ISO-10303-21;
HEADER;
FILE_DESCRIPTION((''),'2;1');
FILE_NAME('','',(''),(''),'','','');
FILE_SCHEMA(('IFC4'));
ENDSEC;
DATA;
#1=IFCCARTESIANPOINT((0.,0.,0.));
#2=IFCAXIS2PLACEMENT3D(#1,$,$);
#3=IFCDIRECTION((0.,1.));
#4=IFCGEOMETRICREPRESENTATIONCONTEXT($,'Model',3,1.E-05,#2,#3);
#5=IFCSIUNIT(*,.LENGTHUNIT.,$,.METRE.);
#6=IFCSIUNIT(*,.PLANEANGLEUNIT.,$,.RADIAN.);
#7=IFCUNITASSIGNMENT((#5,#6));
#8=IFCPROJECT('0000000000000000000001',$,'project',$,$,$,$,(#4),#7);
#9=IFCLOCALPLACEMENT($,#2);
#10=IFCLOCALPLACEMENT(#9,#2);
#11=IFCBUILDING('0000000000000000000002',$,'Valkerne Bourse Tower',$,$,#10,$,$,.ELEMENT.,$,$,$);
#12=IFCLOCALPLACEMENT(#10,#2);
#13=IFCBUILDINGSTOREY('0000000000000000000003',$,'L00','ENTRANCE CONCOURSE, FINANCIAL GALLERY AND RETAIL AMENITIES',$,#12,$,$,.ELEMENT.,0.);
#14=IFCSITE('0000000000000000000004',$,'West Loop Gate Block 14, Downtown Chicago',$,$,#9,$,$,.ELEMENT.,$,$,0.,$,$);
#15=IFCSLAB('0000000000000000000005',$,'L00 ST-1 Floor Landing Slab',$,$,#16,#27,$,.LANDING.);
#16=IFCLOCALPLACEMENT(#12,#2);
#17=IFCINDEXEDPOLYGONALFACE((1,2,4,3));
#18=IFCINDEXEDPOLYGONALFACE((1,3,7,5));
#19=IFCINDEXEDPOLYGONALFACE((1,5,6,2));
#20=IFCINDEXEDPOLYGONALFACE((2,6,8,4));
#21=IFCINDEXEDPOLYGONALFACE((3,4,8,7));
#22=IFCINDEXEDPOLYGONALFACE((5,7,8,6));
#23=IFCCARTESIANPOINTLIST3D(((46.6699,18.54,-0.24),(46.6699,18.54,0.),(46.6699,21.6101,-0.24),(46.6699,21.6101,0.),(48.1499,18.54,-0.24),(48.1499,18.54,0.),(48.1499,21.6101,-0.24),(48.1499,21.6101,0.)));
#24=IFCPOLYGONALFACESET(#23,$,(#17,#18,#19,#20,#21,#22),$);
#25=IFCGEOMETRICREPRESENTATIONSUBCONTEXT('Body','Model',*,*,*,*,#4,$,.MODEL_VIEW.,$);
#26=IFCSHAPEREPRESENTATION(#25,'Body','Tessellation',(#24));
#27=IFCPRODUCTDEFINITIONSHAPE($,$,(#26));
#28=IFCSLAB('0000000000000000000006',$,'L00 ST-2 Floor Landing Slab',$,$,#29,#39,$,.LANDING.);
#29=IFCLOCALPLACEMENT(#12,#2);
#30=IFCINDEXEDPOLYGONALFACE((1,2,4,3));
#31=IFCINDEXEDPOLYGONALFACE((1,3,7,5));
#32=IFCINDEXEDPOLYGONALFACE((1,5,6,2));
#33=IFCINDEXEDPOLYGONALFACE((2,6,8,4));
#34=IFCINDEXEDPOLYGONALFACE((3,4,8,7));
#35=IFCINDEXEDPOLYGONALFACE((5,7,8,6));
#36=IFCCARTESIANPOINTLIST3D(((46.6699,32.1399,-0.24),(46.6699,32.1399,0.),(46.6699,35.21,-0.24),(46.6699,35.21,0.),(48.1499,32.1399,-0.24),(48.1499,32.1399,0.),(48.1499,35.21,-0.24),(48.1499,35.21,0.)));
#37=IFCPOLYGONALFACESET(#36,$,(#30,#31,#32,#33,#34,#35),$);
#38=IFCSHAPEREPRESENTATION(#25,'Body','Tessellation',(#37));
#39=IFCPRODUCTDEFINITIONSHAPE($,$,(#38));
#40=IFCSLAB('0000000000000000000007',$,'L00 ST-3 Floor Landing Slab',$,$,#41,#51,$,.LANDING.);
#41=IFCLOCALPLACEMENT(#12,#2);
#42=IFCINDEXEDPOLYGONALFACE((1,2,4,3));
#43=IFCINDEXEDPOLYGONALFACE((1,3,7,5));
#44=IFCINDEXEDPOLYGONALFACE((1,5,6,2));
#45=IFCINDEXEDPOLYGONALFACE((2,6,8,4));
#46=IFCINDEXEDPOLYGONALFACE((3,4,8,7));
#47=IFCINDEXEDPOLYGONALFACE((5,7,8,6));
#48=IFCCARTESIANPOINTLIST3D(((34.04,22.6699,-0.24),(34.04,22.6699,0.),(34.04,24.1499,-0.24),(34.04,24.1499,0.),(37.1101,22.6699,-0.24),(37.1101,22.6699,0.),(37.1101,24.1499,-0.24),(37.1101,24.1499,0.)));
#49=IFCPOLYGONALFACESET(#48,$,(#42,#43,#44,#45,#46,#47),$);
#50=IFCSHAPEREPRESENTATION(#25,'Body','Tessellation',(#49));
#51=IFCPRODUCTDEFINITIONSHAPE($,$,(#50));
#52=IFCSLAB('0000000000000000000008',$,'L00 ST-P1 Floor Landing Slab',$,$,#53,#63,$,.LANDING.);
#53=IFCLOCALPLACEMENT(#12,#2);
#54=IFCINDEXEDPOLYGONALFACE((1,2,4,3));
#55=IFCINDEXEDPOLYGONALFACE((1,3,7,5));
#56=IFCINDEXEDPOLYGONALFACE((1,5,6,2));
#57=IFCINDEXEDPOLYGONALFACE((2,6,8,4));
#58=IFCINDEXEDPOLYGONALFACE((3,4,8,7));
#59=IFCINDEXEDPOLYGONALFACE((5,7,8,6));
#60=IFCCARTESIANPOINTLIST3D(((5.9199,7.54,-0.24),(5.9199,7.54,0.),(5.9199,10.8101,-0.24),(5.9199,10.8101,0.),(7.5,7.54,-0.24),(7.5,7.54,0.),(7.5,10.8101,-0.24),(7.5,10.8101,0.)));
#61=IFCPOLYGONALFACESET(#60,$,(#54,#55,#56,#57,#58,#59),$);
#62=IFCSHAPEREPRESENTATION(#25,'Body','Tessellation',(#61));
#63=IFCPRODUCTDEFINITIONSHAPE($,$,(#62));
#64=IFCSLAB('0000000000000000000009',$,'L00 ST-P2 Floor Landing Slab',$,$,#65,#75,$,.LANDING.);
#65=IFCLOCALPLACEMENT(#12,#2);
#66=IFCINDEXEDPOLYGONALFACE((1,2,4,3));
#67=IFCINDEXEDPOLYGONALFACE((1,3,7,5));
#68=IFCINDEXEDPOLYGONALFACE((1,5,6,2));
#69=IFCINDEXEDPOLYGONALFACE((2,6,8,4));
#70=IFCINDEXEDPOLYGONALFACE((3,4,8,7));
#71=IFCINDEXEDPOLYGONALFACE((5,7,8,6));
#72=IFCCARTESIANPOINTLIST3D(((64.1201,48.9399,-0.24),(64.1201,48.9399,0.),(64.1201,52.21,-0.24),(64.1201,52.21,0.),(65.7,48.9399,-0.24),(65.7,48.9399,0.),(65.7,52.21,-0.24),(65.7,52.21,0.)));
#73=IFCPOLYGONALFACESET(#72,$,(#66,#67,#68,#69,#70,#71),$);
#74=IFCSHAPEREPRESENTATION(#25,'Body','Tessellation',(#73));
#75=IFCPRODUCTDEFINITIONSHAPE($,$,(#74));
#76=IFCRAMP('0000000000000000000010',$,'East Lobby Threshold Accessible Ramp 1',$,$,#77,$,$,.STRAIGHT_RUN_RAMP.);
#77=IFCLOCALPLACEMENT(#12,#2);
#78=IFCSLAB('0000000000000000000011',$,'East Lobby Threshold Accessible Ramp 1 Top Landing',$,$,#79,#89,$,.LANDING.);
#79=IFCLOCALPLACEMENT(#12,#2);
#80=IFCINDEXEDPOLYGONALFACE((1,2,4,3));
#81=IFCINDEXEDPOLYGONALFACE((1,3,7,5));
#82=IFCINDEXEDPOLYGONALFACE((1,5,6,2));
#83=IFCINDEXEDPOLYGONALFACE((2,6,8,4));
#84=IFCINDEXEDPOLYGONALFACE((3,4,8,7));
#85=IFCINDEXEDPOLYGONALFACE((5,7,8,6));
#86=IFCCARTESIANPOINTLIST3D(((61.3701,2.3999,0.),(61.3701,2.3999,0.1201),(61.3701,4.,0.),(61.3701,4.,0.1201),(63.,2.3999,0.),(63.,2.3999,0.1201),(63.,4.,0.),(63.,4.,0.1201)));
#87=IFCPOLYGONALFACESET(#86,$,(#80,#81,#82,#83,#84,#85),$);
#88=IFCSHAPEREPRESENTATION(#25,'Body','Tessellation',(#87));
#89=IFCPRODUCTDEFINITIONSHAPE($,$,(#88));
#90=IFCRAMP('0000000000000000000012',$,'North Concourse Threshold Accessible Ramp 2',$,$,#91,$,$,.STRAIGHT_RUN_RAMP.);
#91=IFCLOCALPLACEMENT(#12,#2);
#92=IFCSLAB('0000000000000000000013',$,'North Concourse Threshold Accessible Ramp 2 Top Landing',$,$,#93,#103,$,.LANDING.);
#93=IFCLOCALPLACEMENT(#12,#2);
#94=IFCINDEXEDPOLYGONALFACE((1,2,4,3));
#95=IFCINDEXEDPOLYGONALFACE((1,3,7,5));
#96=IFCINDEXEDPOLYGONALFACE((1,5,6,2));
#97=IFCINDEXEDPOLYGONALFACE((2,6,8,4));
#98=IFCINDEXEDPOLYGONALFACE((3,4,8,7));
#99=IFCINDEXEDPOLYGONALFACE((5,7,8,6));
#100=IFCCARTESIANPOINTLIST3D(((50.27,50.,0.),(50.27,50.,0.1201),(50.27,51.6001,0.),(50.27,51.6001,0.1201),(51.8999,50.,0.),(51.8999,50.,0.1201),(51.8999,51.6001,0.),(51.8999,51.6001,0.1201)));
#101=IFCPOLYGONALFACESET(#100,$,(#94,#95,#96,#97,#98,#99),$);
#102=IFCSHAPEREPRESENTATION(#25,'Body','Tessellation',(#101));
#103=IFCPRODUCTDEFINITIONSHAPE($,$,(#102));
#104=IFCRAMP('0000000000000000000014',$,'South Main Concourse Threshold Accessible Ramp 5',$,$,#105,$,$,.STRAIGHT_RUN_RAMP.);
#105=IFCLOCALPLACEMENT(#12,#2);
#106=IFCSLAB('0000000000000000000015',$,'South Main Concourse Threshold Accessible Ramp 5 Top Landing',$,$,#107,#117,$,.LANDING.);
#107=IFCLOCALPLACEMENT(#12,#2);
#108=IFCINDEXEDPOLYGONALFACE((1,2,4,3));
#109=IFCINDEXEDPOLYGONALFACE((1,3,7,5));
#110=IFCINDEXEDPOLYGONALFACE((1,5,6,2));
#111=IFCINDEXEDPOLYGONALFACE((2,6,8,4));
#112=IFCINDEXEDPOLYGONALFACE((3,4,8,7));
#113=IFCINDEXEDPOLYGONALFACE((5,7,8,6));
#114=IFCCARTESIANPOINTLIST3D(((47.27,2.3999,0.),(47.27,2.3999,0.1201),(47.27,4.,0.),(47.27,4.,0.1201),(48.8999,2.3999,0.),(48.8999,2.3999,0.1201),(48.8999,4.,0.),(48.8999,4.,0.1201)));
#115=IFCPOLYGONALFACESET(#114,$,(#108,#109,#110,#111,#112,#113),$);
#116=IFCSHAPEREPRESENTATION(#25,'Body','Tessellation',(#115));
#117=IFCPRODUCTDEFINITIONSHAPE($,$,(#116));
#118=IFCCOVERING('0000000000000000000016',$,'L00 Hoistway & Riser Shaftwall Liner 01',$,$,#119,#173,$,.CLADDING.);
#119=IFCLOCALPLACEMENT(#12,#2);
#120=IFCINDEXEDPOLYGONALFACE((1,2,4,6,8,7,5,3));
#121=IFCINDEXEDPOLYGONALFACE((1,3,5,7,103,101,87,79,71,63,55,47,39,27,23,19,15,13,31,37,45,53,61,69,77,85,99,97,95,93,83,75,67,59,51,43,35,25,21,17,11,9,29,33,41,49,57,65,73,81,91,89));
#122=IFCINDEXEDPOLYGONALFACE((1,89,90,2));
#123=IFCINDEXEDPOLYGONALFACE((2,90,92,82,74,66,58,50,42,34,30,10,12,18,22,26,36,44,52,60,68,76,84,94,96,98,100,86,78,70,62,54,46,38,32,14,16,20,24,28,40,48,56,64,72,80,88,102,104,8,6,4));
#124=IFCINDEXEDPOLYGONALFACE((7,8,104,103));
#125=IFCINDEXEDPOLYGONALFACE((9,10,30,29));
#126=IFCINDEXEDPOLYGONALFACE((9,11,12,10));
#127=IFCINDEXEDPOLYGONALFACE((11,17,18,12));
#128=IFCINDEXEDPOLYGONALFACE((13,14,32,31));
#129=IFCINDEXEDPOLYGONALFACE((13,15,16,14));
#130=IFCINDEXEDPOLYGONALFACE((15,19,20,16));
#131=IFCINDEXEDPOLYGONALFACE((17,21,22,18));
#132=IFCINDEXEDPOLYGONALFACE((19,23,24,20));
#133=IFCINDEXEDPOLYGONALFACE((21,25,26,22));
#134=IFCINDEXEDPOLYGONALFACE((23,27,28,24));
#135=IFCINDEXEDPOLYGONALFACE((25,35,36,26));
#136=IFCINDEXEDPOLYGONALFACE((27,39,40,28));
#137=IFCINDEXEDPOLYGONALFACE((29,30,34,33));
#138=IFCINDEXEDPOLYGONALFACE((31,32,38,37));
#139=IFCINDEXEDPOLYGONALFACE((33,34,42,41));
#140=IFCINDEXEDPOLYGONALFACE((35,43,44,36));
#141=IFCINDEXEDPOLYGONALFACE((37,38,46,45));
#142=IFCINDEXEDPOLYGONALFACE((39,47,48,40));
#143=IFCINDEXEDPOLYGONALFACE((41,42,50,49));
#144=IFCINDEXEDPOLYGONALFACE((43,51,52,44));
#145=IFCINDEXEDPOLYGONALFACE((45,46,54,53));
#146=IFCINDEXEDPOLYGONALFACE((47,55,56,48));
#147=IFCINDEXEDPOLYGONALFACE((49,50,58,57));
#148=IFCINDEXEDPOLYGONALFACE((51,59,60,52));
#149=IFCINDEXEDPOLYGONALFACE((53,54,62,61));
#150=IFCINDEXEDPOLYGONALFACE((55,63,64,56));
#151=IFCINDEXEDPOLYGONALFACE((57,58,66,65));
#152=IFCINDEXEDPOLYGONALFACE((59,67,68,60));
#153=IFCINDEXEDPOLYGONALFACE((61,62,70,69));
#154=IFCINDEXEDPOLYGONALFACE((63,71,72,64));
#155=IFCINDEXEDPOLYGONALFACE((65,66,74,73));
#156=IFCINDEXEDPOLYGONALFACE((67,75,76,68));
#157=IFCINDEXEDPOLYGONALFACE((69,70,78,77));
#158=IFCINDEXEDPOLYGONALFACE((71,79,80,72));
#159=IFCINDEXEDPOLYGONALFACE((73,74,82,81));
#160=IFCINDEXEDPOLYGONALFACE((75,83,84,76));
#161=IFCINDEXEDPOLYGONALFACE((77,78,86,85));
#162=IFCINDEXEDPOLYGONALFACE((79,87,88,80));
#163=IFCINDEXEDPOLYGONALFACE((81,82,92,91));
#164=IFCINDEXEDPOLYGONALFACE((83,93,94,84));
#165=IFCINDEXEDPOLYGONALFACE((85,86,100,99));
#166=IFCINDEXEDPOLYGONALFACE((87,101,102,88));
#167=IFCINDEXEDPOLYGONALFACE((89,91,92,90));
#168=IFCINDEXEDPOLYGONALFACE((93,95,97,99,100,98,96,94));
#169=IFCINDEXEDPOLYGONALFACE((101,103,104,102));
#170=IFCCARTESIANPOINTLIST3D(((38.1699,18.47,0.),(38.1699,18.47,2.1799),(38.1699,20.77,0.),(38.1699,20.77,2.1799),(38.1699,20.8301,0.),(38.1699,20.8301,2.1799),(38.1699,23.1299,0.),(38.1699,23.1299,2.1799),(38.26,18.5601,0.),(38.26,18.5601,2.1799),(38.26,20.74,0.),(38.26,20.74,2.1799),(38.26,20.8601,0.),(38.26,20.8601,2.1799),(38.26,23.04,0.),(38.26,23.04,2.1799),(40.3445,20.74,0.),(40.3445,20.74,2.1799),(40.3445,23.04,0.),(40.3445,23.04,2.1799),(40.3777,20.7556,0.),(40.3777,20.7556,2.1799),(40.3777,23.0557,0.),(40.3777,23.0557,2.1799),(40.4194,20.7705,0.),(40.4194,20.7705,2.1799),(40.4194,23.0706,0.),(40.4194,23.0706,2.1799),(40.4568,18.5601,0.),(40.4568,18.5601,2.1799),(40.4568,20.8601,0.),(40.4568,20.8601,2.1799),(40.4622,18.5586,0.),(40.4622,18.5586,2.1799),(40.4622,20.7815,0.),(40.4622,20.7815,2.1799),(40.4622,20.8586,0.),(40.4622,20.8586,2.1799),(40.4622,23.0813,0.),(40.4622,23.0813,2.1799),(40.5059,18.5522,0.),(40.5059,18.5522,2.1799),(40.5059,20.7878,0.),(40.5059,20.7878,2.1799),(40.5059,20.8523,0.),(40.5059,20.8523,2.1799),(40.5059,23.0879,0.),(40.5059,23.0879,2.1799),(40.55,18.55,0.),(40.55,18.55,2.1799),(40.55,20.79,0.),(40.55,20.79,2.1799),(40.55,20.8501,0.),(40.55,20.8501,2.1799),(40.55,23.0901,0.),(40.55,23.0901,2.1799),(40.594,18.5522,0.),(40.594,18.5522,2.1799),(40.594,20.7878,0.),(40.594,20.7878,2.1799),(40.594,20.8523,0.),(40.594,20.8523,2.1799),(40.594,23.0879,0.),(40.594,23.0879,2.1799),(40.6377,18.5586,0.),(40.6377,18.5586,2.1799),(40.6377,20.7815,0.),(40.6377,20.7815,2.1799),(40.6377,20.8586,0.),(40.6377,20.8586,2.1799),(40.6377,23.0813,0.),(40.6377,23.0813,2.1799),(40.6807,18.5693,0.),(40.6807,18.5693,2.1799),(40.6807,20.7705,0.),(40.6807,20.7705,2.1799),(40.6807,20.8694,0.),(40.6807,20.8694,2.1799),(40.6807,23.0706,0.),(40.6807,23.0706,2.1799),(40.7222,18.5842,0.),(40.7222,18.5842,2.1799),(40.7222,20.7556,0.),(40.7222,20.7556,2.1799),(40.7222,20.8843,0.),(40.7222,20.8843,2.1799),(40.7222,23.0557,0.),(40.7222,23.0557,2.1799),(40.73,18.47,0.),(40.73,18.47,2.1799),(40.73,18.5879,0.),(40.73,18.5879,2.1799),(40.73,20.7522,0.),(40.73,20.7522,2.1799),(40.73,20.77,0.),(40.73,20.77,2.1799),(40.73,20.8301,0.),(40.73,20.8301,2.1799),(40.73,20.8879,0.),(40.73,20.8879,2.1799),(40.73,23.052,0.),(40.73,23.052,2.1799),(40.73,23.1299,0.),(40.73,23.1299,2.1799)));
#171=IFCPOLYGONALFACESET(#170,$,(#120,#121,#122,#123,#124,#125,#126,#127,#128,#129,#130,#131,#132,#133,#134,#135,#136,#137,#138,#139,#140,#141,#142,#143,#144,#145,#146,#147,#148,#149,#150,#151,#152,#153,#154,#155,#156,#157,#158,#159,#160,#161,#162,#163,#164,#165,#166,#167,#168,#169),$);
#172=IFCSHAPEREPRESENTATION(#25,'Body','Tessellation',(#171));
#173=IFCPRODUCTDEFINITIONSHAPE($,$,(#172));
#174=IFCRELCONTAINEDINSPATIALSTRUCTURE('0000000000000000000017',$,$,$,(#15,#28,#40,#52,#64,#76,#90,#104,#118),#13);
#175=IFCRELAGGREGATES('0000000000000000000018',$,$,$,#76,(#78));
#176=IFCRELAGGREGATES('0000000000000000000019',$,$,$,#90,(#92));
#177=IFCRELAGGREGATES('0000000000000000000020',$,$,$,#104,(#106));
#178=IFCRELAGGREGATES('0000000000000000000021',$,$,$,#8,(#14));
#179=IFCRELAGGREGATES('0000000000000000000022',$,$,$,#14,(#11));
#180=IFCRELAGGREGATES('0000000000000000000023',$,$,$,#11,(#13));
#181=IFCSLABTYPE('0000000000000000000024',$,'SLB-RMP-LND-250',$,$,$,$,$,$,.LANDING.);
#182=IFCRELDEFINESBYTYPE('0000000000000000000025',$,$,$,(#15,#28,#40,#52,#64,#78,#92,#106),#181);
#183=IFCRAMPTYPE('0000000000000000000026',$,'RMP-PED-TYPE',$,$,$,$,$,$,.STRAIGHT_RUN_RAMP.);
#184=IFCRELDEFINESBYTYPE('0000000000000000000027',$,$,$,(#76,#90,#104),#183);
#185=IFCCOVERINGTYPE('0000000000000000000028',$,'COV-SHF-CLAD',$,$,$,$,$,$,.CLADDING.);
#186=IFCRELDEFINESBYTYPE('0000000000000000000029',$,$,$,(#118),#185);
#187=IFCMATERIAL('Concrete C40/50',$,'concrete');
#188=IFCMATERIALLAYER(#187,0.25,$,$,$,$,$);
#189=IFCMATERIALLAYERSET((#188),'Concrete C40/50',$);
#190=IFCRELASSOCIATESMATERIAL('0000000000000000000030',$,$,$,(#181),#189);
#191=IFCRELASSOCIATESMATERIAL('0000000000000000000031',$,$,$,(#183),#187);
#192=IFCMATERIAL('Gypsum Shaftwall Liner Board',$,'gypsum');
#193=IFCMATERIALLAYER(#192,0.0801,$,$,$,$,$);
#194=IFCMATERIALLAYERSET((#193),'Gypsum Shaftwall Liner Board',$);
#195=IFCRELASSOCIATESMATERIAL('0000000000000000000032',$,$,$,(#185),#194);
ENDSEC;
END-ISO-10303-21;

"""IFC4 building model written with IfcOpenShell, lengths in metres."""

from ifc_helpers import new_model, si_unit, direction, frame, origin, place, context, subcontext, project, spatial, polyline, outline, extrude, material, layer, layer_set, type_object, element, aggregate, save


model = new_model("IFC4")

# Units and contexts
model_context = context("Model", 3, precision=1e-05, world=origin(), true_north=direction((0.0, 1.0)))
body_context = subcontext(model_context, "Body", "Model", "MODEL_VIEW")
ifc_project = project(units=[si_unit("LENGTHUNIT", "METRE"), si_unit("PLANEANGLEUNIT", "RADIAN")], contexts=[model_context])

# Site, building, storey
site_placement = place(None, origin())
site = spatial("IfcSite", under=ifc_project, at=site_placement, Name="West Loop Gate Block 14, Downtown Chicago", CompositionType="ELEMENT", RefElevation=0.0)
building_placement = place(site_placement, origin())
building = spatial("IfcBuilding", under=site, at=building_placement, Name="Valkerne Bourse Tower", CompositionType="ELEMENT")
storey_placement = place(building_placement, origin())
storey = spatial("IfcBuildingStorey", under=building, at=storey_placement, Name="L00", Description="ENTRANCE CONCOURSE, FINANCIAL GALLERY AND RETAIL AMENITIES", CompositionType="ELEMENT", Elevation=0.0)

# Slabs
ifc_material_1 = material(Name="Concrete C40/50", Category="concrete")
ifc_layer_1 = layer(ifc_material_1, 0.25)
ifc_layer_set_1 = layer_set([ifc_layer_1], Name="Concrete C40/50")
slab_type_1 = type_object("IfcSlabType", Name="SLB-RMP-LND-250", PredefinedType="LANDING", material=ifc_layer_set_1)
slab_1_placement = place(storey_placement, frame((0.0, 0.0, -0.24)))
element("IfcSlab", 1, at=slab_1_placement, inside=storey, type_object=slab_type_1, Name="L00 ST-1 Floor Landing Slab", PredefinedType="LANDING", context=body_context, shape_type="SweptSolid", body=[
    extrude(outline(polyline([(46.6699, 18.54), (48.1499, 18.54), (48.1499, 21.6101), (46.6699, 21.6101), (46.6699, 18.54)])), origin(), (0.0, 0.0, 1.0), 0.24),
])
slab_2_placement = place(storey_placement, frame((0.0, 0.0, -0.24)))
element("IfcSlab", 2, at=slab_2_placement, inside=storey, type_object=slab_type_1, Name="L00 ST-2 Floor Landing Slab", PredefinedType="LANDING", context=body_context, shape_type="SweptSolid", body=[
    extrude(outline(polyline([(46.6699, 32.1399), (48.1499, 32.1399), (48.1499, 35.21), (46.6699, 35.21), (46.6699, 32.1399)])), origin(), (0.0, 0.0, 1.0), 0.24),
])
slab_3_placement = place(storey_placement, frame((0.0, 0.0, -0.24)))
element("IfcSlab", 3, at=slab_3_placement, inside=storey, type_object=slab_type_1, Name="L00 ST-3 Floor Landing Slab", PredefinedType="LANDING", context=body_context, shape_type="SweptSolid", body=[
    extrude(outline(polyline([(37.1101, 22.6699), (37.1101, 24.1499), (34.04, 24.1499), (34.04, 22.6699), (37.1101, 22.6699)])), origin(), (0.0, 0.0, 1.0), 0.24),
])
slab_4_placement = place(storey_placement, frame((0.0, 0.0, -0.24)))
element("IfcSlab", 4, at=slab_4_placement, inside=storey, type_object=slab_type_1, Name="L00 ST-P1 Floor Landing Slab", PredefinedType="LANDING", context=body_context, shape_type="SweptSolid", body=[
    extrude(outline(polyline([(5.9199, 7.54), (7.5, 7.54), (7.5, 10.8101), (5.9199, 10.8101), (5.9199, 7.54)])), origin(), (0.0, 0.0, 1.0), 0.24),
])
slab_5_placement = place(storey_placement, frame((0.0, 0.0, -0.24)))
element("IfcSlab", 5, at=slab_5_placement, inside=storey, type_object=slab_type_1, Name="L00 ST-P2 Floor Landing Slab", PredefinedType="LANDING", context=body_context, shape_type="SweptSolid", body=[
    extrude(outline(polyline([(64.1201, 48.9399), (65.7, 48.9399), (65.7, 52.21), (64.1201, 52.21), (64.1201, 48.9399)])), origin(), (0.0, 0.0, 1.0), 0.24),
])

# Ramps, slabs
ramp_type = type_object("IfcRampType", Name="RMP-PED-TYPE", PredefinedType="STRAIGHT_RUN_RAMP", material=ifc_material_1)
ramp_1_placement = place(storey_placement, origin())
ramp_1 = element("IfcRamp", 6, at=ramp_1_placement, inside=storey, type_object=ramp_type, Name="East Lobby Threshold Accessible Ramp 1", PredefinedType="STRAIGHT_RUN_RAMP")
slab_6_placement = place(storey_placement, origin())
slab_6 = element("IfcSlab", 7, at=slab_6_placement, type_object=slab_type_1, Name="East Lobby Threshold Accessible Ramp 1 Top Landing", PredefinedType="LANDING", context=body_context, shape_type="SweptSolid", body=[
    extrude(outline(polyline([(61.3701, 2.3999), (63.0, 2.3999), (63.0, 4.0), (61.3701, 4.0), (61.3701, 2.3999)])), origin(), (0.0, 0.0, 1.0), 0.1201),
])
aggregate(ramp_1, [slab_6])
ramp_2_placement = place(storey_placement, origin())
ramp_2 = element("IfcRamp", 8, at=ramp_2_placement, inside=storey, type_object=ramp_type, Name="North Concourse Threshold Accessible Ramp 2", PredefinedType="STRAIGHT_RUN_RAMP")
slab_7_placement = place(storey_placement, origin())
slab_7 = element("IfcSlab", 9, at=slab_7_placement, type_object=slab_type_1, Name="North Concourse Threshold Accessible Ramp 2 Top Landing", PredefinedType="LANDING", context=body_context, shape_type="SweptSolid", body=[
    extrude(outline(polyline([(50.27, 50.0), (51.8999, 50.0), (51.8999, 51.6001), (50.27, 51.6001), (50.27, 50.0)])), origin(), (0.0, 0.0, 1.0), 0.1201),
])
aggregate(ramp_2, [slab_7])
ramp_3_placement = place(storey_placement, origin())
ramp_3 = element("IfcRamp", 10, at=ramp_3_placement, inside=storey, type_object=ramp_type, Name="South Main Concourse Threshold Accessible Ramp 5", PredefinedType="STRAIGHT_RUN_RAMP")
slab_8_placement = place(storey_placement, origin())
slab_8 = element("IfcSlab", 11, at=slab_8_placement, type_object=slab_type_1, Name="South Main Concourse Threshold Accessible Ramp 5 Top Landing", PredefinedType="LANDING", context=body_context, shape_type="SweptSolid", body=[
    extrude(outline(polyline([(47.27, 2.3999), (48.8999, 2.3999), (48.8999, 4.0), (47.27, 4.0), (47.27, 2.3999)])), origin(), (0.0, 0.0, 1.0), 0.1201),
])
aggregate(ramp_3, [slab_8])

# Covering
ifc_material_2 = material(Name="Gypsum Shaftwall Liner Board", Category="gypsum")
ifc_layer_2 = layer(ifc_material_2, 0.0801)
ifc_layer_set_2 = layer_set([ifc_layer_2], Name="Gypsum Shaftwall Liner Board")
covering_type = type_object("IfcCoveringType", Name="COV-SHF-CLAD", PredefinedType="CLADDING", material=ifc_layer_set_2)
covering_1_placement = place(storey_placement, origin())
element("IfcCovering", 12, at=covering_1_placement, inside=storey, type_object=covering_type, Name="L00 Hoistway & Riser Shaftwall Liner 01", PredefinedType="CLADDING", context=body_context, shape_type="SweptSolid", body=[
    extrude(outline(polyline([(38.1699, 23.1299), (40.73, 23.1299), (40.73, 23.052), (40.7222, 23.0557), (40.6807, 23.0706), (40.6377, 23.0813), (40.594, 23.0879), (40.55, 23.0901), (40.5059, 23.0879), (40.4622, 23.0813), (40.4194, 23.0706), (40.3777, 23.0557), (40.3445, 23.04), (38.26, 23.04), (38.26, 20.8601), (40.4568, 20.8601), (40.4622, 20.8586), (40.5059, 20.8523), (40.55, 20.8501), (40.594, 20.8523), (40.6377, 20.8586), (40.6807, 20.8694), (40.7222, 20.8843), (40.73, 20.8879), (40.73, 20.8301), (40.73, 20.77), (40.73, 20.7522), (40.7222, 20.7556), (40.6807, 20.7705), (40.6377, 20.7815), (40.594, 20.7878), (40.55, 20.79), (40.5059, 20.7878), (40.4622, 20.7815), (40.4194, 20.7705), (40.3777, 20.7556), (40.3445, 20.74), (38.26, 20.74), (38.26, 18.5601), (40.4568, 18.5601), (40.4622, 18.5586), (40.5059, 18.5522), (40.55, 18.55), (40.594, 18.5522), (40.6377, 18.5586), (40.6807, 18.5693), (40.7222, 18.5842), (40.73, 18.5879), (40.73, 18.47), (38.1699, 18.47), (38.1699, 20.77), (38.1699, 20.8301), (38.1699, 23.1299)])), origin(), (0.0, 0.0, 1.0), 2.1799),
])

save(model, "model.ifc")
